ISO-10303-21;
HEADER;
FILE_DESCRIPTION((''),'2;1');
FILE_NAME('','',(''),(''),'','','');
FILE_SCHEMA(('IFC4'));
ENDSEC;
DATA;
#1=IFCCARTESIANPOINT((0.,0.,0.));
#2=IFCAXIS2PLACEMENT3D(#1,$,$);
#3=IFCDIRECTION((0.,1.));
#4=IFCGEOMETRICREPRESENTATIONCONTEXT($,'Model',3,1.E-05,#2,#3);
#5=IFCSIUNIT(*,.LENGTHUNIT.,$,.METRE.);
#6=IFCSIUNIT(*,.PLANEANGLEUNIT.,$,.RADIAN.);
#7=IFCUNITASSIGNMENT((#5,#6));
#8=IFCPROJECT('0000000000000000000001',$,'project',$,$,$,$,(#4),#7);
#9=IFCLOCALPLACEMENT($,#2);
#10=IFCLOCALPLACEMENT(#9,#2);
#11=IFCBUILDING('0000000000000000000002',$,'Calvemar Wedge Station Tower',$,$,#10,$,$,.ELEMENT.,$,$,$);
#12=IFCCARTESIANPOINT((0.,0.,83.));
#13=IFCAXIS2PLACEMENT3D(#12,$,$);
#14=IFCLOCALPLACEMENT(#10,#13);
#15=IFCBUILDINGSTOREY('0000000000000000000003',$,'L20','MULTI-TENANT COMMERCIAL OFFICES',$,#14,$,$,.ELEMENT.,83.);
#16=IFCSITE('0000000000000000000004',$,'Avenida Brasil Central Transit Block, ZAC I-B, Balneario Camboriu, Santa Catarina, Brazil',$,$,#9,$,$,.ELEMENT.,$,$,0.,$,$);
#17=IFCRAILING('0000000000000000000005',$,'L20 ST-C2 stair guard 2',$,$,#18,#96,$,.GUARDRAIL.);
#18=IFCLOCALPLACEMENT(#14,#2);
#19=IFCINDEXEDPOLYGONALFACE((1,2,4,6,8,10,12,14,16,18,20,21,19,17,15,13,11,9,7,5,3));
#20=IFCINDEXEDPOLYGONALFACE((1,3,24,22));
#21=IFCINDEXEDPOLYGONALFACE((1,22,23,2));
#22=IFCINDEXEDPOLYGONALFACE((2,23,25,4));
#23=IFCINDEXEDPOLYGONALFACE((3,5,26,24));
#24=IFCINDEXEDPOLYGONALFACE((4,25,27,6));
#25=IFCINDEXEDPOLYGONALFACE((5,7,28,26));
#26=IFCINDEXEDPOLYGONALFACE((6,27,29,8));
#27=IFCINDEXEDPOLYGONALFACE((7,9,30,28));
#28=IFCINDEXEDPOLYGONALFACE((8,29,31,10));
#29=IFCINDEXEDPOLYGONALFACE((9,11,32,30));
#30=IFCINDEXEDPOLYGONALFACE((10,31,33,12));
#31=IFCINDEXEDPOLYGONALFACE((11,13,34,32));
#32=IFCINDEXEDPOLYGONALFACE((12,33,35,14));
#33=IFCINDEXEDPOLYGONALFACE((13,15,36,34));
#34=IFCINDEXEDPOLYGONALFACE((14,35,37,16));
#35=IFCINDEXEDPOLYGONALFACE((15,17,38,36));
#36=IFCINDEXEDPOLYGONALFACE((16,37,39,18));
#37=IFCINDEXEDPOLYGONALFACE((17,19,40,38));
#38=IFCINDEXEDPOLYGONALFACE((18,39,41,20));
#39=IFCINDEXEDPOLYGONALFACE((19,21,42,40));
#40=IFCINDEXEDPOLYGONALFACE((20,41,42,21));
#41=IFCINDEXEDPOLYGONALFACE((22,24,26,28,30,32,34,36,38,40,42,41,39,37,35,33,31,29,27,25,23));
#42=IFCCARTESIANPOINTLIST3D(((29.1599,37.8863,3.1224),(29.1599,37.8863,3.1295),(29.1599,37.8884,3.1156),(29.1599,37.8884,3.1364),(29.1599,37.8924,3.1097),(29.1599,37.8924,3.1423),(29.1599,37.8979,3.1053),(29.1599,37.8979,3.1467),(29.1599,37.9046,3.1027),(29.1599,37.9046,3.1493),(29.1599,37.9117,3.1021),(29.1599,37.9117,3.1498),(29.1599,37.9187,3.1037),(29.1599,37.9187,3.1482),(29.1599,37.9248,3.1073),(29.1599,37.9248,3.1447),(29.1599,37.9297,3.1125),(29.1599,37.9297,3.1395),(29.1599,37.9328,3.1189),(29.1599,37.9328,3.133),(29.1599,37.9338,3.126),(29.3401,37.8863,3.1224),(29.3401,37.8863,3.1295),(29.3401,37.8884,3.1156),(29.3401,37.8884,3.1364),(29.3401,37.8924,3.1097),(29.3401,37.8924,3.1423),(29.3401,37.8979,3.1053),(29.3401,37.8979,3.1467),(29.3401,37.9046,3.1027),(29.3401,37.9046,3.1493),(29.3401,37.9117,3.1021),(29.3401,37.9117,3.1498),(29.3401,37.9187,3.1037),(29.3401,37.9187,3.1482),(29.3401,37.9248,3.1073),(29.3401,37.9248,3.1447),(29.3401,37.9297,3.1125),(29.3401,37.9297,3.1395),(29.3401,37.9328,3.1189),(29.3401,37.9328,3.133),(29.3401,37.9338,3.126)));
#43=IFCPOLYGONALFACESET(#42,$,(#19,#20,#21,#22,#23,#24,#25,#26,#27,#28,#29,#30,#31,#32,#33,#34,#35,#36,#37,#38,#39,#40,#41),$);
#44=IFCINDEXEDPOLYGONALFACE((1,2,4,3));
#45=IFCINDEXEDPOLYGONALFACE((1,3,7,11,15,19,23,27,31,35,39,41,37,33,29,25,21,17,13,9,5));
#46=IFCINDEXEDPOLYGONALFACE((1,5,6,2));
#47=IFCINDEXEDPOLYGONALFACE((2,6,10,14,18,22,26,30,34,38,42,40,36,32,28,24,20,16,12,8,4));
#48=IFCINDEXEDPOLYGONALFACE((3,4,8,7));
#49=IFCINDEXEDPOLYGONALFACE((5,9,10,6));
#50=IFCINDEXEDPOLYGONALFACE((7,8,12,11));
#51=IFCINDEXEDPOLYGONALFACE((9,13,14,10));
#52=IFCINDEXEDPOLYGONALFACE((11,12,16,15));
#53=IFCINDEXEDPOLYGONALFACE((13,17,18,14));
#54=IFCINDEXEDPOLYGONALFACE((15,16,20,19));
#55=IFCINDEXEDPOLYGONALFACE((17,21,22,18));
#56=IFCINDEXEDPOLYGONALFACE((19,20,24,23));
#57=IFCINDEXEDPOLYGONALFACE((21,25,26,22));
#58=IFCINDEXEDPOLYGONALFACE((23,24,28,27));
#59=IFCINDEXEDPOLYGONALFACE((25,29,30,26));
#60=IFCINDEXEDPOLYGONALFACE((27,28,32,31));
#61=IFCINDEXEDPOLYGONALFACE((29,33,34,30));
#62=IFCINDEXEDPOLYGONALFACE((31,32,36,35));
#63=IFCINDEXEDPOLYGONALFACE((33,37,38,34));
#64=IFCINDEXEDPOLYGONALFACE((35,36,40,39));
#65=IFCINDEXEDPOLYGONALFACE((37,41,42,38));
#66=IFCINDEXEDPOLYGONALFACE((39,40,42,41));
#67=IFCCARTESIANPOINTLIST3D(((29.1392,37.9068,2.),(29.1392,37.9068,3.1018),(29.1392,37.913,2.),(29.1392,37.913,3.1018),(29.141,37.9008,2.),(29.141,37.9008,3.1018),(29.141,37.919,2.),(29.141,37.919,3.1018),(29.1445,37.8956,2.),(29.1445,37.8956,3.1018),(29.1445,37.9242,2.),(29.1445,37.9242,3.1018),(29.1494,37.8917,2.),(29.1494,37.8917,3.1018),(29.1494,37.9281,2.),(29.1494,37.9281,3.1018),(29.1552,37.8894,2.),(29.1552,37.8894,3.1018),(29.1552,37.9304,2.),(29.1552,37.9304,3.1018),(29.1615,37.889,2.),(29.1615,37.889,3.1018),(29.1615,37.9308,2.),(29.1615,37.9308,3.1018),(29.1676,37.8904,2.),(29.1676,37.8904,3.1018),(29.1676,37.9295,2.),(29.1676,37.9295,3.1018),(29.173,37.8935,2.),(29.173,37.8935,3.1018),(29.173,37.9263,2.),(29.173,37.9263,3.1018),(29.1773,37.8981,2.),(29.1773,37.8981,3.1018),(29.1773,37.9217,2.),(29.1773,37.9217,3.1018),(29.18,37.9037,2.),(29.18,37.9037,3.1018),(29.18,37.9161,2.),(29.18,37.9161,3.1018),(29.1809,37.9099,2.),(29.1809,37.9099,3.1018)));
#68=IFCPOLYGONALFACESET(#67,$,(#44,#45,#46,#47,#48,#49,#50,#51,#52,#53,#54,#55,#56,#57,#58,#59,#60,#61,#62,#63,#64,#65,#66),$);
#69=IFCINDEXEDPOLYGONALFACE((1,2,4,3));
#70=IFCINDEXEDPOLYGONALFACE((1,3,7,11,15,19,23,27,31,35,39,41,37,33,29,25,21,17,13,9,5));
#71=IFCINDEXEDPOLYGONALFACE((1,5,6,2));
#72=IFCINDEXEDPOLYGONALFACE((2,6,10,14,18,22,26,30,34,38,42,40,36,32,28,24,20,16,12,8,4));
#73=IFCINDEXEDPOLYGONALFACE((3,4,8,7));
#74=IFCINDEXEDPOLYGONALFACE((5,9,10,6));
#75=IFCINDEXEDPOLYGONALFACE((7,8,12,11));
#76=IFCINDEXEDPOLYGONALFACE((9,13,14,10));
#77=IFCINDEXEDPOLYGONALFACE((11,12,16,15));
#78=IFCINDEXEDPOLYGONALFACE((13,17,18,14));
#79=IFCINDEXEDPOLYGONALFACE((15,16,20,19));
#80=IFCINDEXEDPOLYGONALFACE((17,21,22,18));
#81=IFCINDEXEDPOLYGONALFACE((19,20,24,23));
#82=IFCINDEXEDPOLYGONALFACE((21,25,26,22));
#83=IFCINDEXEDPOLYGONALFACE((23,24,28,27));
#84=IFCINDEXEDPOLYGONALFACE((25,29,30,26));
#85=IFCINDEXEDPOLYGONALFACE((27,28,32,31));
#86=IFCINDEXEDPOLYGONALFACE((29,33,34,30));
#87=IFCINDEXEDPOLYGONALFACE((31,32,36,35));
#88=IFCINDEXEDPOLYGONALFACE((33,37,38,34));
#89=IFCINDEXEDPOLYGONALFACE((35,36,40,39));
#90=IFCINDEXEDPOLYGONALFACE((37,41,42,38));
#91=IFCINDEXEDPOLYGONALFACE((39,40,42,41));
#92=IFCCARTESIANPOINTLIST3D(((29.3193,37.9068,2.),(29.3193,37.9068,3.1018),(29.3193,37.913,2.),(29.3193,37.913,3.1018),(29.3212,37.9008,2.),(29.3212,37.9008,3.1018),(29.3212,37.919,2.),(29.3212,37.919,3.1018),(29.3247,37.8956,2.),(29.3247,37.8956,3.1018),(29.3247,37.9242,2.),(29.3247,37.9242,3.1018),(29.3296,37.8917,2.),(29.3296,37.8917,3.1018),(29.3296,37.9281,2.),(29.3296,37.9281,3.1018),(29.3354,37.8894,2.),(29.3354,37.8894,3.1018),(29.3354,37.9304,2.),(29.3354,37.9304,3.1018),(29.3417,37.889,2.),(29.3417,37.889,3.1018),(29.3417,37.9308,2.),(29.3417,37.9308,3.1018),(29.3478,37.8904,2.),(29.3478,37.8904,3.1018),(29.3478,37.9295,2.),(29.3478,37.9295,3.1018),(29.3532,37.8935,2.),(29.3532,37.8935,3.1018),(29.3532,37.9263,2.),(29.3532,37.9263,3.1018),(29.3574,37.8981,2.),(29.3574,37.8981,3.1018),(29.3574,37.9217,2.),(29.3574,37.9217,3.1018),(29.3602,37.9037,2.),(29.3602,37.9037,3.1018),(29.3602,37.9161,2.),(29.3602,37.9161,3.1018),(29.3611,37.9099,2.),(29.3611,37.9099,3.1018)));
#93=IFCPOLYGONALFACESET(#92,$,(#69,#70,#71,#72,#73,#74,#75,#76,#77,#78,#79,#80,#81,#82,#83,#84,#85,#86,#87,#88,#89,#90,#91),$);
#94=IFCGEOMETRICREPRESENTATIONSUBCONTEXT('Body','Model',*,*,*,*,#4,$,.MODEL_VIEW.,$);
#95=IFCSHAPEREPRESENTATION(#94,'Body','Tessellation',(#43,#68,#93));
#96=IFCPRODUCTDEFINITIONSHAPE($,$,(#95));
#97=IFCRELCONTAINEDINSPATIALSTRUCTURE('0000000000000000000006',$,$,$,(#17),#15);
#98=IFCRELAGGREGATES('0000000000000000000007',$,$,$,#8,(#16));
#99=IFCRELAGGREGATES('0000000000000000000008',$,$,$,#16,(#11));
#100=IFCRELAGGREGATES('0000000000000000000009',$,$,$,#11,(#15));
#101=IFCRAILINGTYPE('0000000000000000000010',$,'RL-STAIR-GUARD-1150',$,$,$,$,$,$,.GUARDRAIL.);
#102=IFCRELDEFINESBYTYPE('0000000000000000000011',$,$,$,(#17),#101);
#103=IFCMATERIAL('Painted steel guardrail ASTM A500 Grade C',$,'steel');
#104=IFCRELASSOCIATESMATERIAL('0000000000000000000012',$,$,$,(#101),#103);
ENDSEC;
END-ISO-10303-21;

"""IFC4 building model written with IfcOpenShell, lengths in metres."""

from ifc_helpers import new_model, si_unit, direction, frame, origin, origin_2d, place, context, subcontext, project, spatial, circle, extrude, material, type_object, element, save


model = new_model("IFC4")

# Units and contexts
model_context = context("Model", 3, precision=1e-05, world=origin(), true_north=direction((0.0, 1.0)))
body_context = subcontext(model_context, "Body", "Model", "MODEL_VIEW")
ifc_project = project(units=[si_unit("LENGTHUNIT", "METRE"), si_unit("PLANEANGLEUNIT", "RADIAN")], contexts=[model_context])

# Site, building, storey
site_placement = place(None, origin())
site = spatial("IfcSite", under=ifc_project, at=site_placement, Name="Avenida Brasil Central Transit Block, ZAC I-B, Balneario Camboriu, Santa Catarina, Brazil", CompositionType="ELEMENT", RefElevation=0.0)
building_placement = place(site_placement, origin())
building = spatial("IfcBuilding", under=site, at=building_placement, Name="Calvemar Wedge Station Tower", CompositionType="ELEMENT")
storey_placement = place(building_placement, frame((0.0, 0.0, 83.0)))
storey = spatial("IfcBuildingStorey", under=building, at=storey_placement, Name="L20", Description="MULTI-TENANT COMMERCIAL OFFICES", CompositionType="ELEMENT", Elevation=83.0)

# Railing
ifc_material_1 = material(Name="Painted steel guardrail ASTM A500 Grade C", Category="steel")
railing_type_1 = type_object("IfcRailingType", Name="RL-STAIR-GUARD-1150", PredefinedType="GUARDRAIL", material=ifc_material_1)
railing_1_placement = place(storey_placement, frame((29.1599, 37.9099, 2.0)))
element("IfcRailing", 1, at=railing_1_placement, inside=storey, type_object=railing_type_1, Name="L20 ST-C2 stair guard 2", PredefinedType="GUARDRAIL", context=body_context, shape_type="SweptSolid", body=[
    extrude(circle(Radius=0.0239, at=origin_2d()), frame((0.0, 0.0, 1.126), z_axis=(1.0, 0.0, 0.0), x_axis=(0.0, 1.0, 0.0)), (0.0, 0.0, 1.0), 0.1802),
    extrude(circle(Radius=0.021, at=origin_2d()), origin(), (0.0, 0.0, 1.0), 1.1018),
    extrude(circle(Radius=0.021, at=origin_2d()), frame((0.1802, 0.0, 0.0)), (0.0, 0.0, 1.0), 1.1018),
])

save(model, "model.ifc")
